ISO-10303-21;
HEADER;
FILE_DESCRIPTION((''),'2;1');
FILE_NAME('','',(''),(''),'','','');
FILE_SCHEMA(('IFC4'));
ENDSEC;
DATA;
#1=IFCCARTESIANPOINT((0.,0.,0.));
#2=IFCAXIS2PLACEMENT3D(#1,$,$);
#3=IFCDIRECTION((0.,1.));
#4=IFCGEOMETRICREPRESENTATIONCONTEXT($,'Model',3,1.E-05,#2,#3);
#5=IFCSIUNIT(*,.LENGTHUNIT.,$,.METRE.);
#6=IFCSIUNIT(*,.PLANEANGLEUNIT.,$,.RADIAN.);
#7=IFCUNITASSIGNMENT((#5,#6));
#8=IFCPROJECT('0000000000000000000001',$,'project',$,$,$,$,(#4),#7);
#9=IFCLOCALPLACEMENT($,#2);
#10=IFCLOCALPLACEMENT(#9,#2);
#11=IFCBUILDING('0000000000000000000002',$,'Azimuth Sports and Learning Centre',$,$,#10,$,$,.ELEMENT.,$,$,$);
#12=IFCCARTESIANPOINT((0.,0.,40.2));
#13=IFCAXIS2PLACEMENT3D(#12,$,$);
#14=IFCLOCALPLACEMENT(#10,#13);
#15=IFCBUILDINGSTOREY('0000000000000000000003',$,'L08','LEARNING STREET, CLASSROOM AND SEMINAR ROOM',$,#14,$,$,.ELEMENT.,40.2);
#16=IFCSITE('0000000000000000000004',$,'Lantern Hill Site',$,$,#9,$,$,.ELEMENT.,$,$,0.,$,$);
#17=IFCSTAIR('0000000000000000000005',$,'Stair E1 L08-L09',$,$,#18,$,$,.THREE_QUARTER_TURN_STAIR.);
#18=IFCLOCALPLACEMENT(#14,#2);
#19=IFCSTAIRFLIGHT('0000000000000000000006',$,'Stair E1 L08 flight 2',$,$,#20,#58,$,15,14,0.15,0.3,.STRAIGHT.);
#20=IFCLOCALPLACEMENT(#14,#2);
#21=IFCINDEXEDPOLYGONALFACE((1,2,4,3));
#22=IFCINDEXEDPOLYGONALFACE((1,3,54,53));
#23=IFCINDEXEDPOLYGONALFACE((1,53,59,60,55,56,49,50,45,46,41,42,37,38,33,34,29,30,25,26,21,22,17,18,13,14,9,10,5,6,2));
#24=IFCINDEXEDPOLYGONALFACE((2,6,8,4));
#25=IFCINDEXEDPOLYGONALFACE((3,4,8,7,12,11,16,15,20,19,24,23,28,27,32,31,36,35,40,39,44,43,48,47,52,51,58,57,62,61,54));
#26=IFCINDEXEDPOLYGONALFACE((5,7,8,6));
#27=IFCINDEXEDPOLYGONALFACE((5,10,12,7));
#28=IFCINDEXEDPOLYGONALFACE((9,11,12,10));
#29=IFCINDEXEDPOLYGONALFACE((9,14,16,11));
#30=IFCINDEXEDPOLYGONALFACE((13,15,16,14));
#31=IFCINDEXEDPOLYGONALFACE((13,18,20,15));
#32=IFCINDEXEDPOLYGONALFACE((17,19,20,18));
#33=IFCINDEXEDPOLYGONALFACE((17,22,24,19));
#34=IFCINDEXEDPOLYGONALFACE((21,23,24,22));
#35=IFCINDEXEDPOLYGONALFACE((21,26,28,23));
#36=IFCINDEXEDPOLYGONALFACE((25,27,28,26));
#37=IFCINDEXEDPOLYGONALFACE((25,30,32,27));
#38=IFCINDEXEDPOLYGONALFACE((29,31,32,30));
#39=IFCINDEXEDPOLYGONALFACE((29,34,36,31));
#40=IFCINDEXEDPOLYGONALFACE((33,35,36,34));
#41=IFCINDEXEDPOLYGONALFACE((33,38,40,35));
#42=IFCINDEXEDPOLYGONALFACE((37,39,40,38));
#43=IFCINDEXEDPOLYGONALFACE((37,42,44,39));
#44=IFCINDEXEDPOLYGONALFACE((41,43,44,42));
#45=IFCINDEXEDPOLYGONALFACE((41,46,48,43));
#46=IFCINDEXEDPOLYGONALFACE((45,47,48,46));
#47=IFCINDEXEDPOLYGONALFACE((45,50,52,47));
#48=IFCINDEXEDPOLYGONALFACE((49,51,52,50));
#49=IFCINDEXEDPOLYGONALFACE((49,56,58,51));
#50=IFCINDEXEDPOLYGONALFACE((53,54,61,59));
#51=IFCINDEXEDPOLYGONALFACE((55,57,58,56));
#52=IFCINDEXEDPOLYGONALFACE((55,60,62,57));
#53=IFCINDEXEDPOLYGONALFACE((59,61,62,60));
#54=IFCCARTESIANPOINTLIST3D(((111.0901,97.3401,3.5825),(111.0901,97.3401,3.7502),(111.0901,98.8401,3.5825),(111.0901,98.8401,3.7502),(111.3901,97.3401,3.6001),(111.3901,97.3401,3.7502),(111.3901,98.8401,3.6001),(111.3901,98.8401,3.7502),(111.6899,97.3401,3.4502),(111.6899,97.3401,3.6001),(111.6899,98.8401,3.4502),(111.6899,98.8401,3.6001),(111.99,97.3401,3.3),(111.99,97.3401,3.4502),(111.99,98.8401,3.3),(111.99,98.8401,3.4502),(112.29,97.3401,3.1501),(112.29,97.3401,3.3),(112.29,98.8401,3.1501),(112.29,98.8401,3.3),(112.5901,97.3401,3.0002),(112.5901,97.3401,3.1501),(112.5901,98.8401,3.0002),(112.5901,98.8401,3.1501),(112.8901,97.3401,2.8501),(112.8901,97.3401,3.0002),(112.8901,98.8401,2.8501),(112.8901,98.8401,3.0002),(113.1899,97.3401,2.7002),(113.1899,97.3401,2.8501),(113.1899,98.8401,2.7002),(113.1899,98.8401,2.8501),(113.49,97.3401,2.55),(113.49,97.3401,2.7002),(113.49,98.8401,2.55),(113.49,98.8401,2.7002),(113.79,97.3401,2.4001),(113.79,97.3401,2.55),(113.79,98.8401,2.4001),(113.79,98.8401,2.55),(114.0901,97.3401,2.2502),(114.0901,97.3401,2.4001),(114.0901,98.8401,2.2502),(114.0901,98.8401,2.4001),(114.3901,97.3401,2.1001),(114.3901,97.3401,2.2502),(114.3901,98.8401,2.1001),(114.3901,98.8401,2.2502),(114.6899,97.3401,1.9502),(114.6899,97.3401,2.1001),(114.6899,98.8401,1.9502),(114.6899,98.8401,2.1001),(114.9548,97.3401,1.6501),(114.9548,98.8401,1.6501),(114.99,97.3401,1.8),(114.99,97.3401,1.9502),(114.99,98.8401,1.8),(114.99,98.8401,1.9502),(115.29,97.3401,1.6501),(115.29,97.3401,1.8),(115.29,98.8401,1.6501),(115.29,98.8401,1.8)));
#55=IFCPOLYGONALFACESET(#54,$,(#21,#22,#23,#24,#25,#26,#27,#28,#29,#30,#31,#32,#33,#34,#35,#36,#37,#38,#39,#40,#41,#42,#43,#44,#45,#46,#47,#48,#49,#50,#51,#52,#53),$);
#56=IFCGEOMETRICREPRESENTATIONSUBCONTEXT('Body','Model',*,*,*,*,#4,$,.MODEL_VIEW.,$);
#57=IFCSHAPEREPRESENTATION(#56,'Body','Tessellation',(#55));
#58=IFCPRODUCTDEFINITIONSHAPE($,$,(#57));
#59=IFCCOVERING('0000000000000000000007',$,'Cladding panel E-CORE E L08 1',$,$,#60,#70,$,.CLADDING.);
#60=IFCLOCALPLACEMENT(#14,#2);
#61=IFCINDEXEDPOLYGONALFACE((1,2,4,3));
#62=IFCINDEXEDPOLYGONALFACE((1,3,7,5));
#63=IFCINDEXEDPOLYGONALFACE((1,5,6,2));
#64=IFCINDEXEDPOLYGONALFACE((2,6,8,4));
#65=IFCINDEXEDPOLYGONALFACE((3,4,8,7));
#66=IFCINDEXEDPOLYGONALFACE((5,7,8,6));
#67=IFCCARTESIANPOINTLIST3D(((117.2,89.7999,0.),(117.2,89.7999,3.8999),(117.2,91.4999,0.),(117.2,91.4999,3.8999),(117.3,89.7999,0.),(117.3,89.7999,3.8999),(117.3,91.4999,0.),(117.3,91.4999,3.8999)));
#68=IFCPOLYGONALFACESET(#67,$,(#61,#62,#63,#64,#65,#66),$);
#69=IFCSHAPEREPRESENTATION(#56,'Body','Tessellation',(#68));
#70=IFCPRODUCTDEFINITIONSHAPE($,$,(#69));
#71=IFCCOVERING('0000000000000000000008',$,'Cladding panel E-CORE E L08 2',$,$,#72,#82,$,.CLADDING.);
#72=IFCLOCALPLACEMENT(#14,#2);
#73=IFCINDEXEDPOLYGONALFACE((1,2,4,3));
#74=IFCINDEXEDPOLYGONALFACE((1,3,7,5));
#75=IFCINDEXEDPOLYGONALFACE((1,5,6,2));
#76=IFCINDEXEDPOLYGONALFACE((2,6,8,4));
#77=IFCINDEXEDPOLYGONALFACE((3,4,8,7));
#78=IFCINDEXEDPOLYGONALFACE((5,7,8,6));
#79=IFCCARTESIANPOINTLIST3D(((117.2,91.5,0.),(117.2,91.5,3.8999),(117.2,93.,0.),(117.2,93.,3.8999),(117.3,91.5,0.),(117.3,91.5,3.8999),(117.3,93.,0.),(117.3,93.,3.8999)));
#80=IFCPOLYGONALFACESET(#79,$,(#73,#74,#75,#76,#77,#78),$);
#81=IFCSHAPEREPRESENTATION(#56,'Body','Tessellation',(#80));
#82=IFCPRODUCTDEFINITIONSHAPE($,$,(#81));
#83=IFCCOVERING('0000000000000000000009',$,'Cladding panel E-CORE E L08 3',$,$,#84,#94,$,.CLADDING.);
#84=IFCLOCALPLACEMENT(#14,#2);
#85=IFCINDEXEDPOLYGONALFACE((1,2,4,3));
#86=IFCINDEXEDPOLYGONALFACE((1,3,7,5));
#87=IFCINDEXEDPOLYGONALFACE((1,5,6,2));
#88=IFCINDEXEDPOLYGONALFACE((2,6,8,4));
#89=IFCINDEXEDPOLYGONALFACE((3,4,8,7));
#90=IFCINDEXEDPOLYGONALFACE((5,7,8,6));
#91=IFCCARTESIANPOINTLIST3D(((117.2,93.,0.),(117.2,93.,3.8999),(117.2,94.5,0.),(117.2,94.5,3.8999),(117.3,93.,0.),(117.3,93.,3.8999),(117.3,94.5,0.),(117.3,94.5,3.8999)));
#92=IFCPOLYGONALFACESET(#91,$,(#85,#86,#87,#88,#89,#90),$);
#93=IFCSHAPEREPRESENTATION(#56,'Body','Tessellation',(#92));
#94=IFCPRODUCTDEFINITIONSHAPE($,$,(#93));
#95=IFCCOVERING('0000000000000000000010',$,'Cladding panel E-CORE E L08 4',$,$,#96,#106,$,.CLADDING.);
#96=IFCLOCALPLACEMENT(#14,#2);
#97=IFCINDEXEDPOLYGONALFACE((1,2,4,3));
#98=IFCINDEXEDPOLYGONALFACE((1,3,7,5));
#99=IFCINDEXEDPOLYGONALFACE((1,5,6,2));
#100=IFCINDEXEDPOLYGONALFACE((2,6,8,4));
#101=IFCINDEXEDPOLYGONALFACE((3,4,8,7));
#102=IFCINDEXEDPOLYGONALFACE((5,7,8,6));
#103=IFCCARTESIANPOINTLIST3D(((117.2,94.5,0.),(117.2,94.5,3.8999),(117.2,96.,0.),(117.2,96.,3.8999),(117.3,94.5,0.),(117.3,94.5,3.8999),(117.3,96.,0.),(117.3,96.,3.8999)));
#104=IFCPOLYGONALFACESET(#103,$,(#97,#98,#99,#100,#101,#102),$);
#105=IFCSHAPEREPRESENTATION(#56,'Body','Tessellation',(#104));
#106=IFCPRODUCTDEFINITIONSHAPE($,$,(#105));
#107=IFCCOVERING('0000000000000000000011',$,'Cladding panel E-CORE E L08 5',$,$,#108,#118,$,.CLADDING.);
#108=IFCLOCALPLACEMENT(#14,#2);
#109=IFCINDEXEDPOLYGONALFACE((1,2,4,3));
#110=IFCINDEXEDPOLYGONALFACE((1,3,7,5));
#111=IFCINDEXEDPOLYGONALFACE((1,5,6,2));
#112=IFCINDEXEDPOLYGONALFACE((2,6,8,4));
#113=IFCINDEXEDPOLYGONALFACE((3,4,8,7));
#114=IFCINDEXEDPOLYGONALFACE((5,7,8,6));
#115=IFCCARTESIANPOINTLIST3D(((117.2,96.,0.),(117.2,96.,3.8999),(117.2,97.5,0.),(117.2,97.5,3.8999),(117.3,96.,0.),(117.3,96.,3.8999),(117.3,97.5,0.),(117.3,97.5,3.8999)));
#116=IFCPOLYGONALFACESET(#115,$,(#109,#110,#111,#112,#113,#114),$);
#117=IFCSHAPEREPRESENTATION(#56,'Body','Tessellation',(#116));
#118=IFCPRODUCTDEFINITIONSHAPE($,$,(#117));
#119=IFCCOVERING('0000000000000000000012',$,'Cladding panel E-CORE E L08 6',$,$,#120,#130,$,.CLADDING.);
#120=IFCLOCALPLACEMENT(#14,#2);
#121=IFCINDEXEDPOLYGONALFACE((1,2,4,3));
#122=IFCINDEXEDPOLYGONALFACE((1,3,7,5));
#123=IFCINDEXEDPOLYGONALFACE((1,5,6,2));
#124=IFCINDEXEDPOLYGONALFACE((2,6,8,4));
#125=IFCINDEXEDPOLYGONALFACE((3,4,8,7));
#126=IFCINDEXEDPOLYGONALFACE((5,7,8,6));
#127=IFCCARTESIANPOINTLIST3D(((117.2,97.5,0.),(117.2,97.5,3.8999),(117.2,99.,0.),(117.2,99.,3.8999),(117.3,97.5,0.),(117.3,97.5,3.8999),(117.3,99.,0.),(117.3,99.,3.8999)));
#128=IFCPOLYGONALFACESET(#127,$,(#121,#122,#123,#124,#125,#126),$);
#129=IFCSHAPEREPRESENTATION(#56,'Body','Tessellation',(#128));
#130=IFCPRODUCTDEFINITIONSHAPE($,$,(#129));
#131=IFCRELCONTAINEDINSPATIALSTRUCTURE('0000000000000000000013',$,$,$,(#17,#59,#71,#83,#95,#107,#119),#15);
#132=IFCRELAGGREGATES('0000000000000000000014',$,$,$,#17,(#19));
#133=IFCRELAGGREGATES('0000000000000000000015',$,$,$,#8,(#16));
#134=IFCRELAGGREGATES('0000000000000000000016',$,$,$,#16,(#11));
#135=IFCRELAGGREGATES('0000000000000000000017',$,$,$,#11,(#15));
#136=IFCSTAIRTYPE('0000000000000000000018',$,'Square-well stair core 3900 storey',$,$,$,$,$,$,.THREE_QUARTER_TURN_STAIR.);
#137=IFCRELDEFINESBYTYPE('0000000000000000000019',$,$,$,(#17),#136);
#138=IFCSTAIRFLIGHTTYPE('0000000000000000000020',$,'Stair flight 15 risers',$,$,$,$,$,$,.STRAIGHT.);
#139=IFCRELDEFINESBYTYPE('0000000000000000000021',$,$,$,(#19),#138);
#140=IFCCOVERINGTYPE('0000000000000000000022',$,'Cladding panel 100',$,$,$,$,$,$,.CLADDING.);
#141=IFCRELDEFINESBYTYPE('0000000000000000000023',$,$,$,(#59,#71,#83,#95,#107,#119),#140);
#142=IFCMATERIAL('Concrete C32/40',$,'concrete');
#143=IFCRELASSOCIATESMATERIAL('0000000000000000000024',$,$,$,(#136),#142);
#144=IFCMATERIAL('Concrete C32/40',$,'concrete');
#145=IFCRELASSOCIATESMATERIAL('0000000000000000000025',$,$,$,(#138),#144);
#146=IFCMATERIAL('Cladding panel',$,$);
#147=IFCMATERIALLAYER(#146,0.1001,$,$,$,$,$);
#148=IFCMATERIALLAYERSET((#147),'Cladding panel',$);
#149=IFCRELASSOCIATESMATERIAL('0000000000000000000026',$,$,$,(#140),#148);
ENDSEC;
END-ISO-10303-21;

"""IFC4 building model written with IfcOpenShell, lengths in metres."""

from ifc_helpers import new_model, si_unit, direction, frame, origin, origin_2d, place, context, subcontext, project, spatial, polyline, rectangle, outline, extrude, material, layer, layer_set, type_object, element, aggregate, save


model = new_model("IFC4")

# Units and contexts
model_context = context("Model", 3, precision=1e-05, world=origin(), true_north=direction((0.0, 1.0)))
body_context = subcontext(model_context, "Body", "Model", "MODEL_VIEW")
ifc_project = project(units=[si_unit("LENGTHUNIT", "METRE"), si_unit("PLANEANGLEUNIT", "RADIAN")], contexts=[model_context])

# Site, building, storey
site_placement = place(None, origin())
site = spatial("IfcSite", under=ifc_project, at=site_placement, Name="Lantern Hill Site", CompositionType="ELEMENT", RefElevation=0.0)
building_placement = place(site_placement, origin())
building = spatial("IfcBuilding", under=site, at=building_placement, Name="Azimuth Sports and Learning Centre", CompositionType="ELEMENT")
storey_placement = place(building_placement, frame((0.0, 0.0, 40.2)))
storey = spatial("IfcBuildingStorey", under=building, at=storey_placement, Name="L08", Description="LEARNING STREET, CLASSROOM AND SEMINAR ROOM", CompositionType="ELEMENT", Elevation=40.2)

# Stair, stair flight
ifc_material_1 = material(Name="Concrete C32/40", Category="concrete")
stair_type = type_object("IfcStairType", Name="Square-well stair core 3900 storey", PredefinedType="THREE_QUARTER_TURN_STAIR", material=ifc_material_1)
stair_placement = place(storey_placement, origin())
stair = element("IfcStair", 1, at=stair_placement, inside=storey, type_object=stair_type, Name="Stair E1 L08-L09", PredefinedType="THREE_QUARTER_TURN_STAIR")
ifc_material_2 = material(Name="Concrete C32/40", Category="concrete")
stair_flight_type_1 = type_object("IfcStairFlightType", Name="Stair flight 15 risers", PredefinedType="STRAIGHT", material=ifc_material_2)
stair_flight_1_placement = place(storey_placement, frame((115.29, 98.0901, 1.6501), z_axis=(0.0, 0.0, 1.0), x_axis=(-1.0, 0.0, 0.0)))
stair_flight_1 = element("IfcStairFlight", 2, at=stair_flight_1_placement, type_object=stair_flight_type_1, Name="Stair E1 L08 flight 2", NumberOfRisers=15, NumberOfTreads=14, PredefinedType="STRAIGHT", RiserHeight=0.15, TreadLength=0.3, context=body_context, shape_type="SweptSolid", body=[
    extrude(outline(polyline([(0.0, 0.0), (0.0, 0.1499), (0.3, 0.1499), (0.3, 0.3), (0.6001, 0.3), (0.6001, 0.45), (0.8999, 0.45), (0.8999, 0.6001), (1.2, 0.6001), (1.2, 0.75), (1.5, 0.75), (1.5, 0.8999), (1.8, 0.8999), (1.8, 1.05), (2.1001, 1.05), (2.1001, 1.2), (2.3999, 1.2), (2.3999, 1.3501), (2.7, 1.3501), (2.7, 1.5), (3.0, 1.5), (3.0, 1.6499), (3.3, 1.6499), (3.3, 1.8), (3.6001, 1.8), (3.6001, 1.95), (3.8999, 1.95), (3.8999, 2.1001), (4.2, 2.1001), (4.2, 2.25), (4.2, 1.9324), (0.3352, 0.0), (0.0, 0.0)])), frame((0.0, 0.75, 0.0), z_axis=(0.0, -1.0, 0.0), x_axis=(1.0, 0.0, 0.0)), (0.0, 0.0, 1.0), 1.5),
])
aggregate(stair, [stair_flight_1])

# Coverings
ifc_material_3 = material(Name="Cladding panel")
ifc_layer_1 = layer(ifc_material_3, 0.1001)
ifc_layer_set_1 = layer_set([ifc_layer_1], Name="Cladding panel")
covering_type = type_object("IfcCoveringType", Name="Cladding panel 100", PredefinedType="CLADDING", material=ifc_layer_set_1)
covering_placement = place(storey_placement, frame((117.25, 90.6499, 0.0), z_axis=(0.0, 0.0, 1.0), x_axis=(0.0, 1.0, 0.0)))
element("IfcCovering", 3, at=covering_placement, inside=storey, type_object=covering_type, Name="Cladding panel E-CORE E L08 1", PredefinedType="CLADDING", context=body_context, shape_type="SweptSolid", body=[
    extrude(rectangle(XDim=1.7, YDim=0.1001, at=origin_2d()), origin(), (0.0, 0.0, 1.0), 3.8999),
])
for number, where, z_axis, x_axis, name in (
    (4, (117.25, 92.25, 0.0), (0.0, 0.0, 1.0), (0.0, 1.0, 0.0), "Cladding panel E-CORE E L08 2"),
    (5, (117.25, 93.75, 0.0), (0.0, 0.0, 1.0), (0.0, 1.0, 0.0), "Cladding panel E-CORE E L08 3"),
    (6, (117.25, 95.25, 0.0), (0.0, 0.0, 1.0), (0.0, 1.0, 0.0), "Cladding panel E-CORE E L08 4"),
    (7, (117.25, 96.75, 0.0), (0.0, 0.0, 1.0), (0.0, 1.0, 0.0), "Cladding panel E-CORE E L08 5"),
    (8, (117.25, 98.25, 0.0), (0.0, 0.0, 1.0), (0.0, 1.0, 0.0), "Cladding panel E-CORE E L08 6"),
):
    element("IfcCovering", number, at=place(storey_placement, frame(where, z_axis=z_axis, x_axis=x_axis)), inside=storey, type_object=covering_type, Name=name, PredefinedType="CLADDING", context=body_context, shape_type="SweptSolid", body=[
        extrude(rectangle(XDim=1.5, YDim=0.1001, at=origin_2d()), origin(), (0.0, 0.0, 1.0), 3.8999),
    ])

save(model, "model.ifc")
